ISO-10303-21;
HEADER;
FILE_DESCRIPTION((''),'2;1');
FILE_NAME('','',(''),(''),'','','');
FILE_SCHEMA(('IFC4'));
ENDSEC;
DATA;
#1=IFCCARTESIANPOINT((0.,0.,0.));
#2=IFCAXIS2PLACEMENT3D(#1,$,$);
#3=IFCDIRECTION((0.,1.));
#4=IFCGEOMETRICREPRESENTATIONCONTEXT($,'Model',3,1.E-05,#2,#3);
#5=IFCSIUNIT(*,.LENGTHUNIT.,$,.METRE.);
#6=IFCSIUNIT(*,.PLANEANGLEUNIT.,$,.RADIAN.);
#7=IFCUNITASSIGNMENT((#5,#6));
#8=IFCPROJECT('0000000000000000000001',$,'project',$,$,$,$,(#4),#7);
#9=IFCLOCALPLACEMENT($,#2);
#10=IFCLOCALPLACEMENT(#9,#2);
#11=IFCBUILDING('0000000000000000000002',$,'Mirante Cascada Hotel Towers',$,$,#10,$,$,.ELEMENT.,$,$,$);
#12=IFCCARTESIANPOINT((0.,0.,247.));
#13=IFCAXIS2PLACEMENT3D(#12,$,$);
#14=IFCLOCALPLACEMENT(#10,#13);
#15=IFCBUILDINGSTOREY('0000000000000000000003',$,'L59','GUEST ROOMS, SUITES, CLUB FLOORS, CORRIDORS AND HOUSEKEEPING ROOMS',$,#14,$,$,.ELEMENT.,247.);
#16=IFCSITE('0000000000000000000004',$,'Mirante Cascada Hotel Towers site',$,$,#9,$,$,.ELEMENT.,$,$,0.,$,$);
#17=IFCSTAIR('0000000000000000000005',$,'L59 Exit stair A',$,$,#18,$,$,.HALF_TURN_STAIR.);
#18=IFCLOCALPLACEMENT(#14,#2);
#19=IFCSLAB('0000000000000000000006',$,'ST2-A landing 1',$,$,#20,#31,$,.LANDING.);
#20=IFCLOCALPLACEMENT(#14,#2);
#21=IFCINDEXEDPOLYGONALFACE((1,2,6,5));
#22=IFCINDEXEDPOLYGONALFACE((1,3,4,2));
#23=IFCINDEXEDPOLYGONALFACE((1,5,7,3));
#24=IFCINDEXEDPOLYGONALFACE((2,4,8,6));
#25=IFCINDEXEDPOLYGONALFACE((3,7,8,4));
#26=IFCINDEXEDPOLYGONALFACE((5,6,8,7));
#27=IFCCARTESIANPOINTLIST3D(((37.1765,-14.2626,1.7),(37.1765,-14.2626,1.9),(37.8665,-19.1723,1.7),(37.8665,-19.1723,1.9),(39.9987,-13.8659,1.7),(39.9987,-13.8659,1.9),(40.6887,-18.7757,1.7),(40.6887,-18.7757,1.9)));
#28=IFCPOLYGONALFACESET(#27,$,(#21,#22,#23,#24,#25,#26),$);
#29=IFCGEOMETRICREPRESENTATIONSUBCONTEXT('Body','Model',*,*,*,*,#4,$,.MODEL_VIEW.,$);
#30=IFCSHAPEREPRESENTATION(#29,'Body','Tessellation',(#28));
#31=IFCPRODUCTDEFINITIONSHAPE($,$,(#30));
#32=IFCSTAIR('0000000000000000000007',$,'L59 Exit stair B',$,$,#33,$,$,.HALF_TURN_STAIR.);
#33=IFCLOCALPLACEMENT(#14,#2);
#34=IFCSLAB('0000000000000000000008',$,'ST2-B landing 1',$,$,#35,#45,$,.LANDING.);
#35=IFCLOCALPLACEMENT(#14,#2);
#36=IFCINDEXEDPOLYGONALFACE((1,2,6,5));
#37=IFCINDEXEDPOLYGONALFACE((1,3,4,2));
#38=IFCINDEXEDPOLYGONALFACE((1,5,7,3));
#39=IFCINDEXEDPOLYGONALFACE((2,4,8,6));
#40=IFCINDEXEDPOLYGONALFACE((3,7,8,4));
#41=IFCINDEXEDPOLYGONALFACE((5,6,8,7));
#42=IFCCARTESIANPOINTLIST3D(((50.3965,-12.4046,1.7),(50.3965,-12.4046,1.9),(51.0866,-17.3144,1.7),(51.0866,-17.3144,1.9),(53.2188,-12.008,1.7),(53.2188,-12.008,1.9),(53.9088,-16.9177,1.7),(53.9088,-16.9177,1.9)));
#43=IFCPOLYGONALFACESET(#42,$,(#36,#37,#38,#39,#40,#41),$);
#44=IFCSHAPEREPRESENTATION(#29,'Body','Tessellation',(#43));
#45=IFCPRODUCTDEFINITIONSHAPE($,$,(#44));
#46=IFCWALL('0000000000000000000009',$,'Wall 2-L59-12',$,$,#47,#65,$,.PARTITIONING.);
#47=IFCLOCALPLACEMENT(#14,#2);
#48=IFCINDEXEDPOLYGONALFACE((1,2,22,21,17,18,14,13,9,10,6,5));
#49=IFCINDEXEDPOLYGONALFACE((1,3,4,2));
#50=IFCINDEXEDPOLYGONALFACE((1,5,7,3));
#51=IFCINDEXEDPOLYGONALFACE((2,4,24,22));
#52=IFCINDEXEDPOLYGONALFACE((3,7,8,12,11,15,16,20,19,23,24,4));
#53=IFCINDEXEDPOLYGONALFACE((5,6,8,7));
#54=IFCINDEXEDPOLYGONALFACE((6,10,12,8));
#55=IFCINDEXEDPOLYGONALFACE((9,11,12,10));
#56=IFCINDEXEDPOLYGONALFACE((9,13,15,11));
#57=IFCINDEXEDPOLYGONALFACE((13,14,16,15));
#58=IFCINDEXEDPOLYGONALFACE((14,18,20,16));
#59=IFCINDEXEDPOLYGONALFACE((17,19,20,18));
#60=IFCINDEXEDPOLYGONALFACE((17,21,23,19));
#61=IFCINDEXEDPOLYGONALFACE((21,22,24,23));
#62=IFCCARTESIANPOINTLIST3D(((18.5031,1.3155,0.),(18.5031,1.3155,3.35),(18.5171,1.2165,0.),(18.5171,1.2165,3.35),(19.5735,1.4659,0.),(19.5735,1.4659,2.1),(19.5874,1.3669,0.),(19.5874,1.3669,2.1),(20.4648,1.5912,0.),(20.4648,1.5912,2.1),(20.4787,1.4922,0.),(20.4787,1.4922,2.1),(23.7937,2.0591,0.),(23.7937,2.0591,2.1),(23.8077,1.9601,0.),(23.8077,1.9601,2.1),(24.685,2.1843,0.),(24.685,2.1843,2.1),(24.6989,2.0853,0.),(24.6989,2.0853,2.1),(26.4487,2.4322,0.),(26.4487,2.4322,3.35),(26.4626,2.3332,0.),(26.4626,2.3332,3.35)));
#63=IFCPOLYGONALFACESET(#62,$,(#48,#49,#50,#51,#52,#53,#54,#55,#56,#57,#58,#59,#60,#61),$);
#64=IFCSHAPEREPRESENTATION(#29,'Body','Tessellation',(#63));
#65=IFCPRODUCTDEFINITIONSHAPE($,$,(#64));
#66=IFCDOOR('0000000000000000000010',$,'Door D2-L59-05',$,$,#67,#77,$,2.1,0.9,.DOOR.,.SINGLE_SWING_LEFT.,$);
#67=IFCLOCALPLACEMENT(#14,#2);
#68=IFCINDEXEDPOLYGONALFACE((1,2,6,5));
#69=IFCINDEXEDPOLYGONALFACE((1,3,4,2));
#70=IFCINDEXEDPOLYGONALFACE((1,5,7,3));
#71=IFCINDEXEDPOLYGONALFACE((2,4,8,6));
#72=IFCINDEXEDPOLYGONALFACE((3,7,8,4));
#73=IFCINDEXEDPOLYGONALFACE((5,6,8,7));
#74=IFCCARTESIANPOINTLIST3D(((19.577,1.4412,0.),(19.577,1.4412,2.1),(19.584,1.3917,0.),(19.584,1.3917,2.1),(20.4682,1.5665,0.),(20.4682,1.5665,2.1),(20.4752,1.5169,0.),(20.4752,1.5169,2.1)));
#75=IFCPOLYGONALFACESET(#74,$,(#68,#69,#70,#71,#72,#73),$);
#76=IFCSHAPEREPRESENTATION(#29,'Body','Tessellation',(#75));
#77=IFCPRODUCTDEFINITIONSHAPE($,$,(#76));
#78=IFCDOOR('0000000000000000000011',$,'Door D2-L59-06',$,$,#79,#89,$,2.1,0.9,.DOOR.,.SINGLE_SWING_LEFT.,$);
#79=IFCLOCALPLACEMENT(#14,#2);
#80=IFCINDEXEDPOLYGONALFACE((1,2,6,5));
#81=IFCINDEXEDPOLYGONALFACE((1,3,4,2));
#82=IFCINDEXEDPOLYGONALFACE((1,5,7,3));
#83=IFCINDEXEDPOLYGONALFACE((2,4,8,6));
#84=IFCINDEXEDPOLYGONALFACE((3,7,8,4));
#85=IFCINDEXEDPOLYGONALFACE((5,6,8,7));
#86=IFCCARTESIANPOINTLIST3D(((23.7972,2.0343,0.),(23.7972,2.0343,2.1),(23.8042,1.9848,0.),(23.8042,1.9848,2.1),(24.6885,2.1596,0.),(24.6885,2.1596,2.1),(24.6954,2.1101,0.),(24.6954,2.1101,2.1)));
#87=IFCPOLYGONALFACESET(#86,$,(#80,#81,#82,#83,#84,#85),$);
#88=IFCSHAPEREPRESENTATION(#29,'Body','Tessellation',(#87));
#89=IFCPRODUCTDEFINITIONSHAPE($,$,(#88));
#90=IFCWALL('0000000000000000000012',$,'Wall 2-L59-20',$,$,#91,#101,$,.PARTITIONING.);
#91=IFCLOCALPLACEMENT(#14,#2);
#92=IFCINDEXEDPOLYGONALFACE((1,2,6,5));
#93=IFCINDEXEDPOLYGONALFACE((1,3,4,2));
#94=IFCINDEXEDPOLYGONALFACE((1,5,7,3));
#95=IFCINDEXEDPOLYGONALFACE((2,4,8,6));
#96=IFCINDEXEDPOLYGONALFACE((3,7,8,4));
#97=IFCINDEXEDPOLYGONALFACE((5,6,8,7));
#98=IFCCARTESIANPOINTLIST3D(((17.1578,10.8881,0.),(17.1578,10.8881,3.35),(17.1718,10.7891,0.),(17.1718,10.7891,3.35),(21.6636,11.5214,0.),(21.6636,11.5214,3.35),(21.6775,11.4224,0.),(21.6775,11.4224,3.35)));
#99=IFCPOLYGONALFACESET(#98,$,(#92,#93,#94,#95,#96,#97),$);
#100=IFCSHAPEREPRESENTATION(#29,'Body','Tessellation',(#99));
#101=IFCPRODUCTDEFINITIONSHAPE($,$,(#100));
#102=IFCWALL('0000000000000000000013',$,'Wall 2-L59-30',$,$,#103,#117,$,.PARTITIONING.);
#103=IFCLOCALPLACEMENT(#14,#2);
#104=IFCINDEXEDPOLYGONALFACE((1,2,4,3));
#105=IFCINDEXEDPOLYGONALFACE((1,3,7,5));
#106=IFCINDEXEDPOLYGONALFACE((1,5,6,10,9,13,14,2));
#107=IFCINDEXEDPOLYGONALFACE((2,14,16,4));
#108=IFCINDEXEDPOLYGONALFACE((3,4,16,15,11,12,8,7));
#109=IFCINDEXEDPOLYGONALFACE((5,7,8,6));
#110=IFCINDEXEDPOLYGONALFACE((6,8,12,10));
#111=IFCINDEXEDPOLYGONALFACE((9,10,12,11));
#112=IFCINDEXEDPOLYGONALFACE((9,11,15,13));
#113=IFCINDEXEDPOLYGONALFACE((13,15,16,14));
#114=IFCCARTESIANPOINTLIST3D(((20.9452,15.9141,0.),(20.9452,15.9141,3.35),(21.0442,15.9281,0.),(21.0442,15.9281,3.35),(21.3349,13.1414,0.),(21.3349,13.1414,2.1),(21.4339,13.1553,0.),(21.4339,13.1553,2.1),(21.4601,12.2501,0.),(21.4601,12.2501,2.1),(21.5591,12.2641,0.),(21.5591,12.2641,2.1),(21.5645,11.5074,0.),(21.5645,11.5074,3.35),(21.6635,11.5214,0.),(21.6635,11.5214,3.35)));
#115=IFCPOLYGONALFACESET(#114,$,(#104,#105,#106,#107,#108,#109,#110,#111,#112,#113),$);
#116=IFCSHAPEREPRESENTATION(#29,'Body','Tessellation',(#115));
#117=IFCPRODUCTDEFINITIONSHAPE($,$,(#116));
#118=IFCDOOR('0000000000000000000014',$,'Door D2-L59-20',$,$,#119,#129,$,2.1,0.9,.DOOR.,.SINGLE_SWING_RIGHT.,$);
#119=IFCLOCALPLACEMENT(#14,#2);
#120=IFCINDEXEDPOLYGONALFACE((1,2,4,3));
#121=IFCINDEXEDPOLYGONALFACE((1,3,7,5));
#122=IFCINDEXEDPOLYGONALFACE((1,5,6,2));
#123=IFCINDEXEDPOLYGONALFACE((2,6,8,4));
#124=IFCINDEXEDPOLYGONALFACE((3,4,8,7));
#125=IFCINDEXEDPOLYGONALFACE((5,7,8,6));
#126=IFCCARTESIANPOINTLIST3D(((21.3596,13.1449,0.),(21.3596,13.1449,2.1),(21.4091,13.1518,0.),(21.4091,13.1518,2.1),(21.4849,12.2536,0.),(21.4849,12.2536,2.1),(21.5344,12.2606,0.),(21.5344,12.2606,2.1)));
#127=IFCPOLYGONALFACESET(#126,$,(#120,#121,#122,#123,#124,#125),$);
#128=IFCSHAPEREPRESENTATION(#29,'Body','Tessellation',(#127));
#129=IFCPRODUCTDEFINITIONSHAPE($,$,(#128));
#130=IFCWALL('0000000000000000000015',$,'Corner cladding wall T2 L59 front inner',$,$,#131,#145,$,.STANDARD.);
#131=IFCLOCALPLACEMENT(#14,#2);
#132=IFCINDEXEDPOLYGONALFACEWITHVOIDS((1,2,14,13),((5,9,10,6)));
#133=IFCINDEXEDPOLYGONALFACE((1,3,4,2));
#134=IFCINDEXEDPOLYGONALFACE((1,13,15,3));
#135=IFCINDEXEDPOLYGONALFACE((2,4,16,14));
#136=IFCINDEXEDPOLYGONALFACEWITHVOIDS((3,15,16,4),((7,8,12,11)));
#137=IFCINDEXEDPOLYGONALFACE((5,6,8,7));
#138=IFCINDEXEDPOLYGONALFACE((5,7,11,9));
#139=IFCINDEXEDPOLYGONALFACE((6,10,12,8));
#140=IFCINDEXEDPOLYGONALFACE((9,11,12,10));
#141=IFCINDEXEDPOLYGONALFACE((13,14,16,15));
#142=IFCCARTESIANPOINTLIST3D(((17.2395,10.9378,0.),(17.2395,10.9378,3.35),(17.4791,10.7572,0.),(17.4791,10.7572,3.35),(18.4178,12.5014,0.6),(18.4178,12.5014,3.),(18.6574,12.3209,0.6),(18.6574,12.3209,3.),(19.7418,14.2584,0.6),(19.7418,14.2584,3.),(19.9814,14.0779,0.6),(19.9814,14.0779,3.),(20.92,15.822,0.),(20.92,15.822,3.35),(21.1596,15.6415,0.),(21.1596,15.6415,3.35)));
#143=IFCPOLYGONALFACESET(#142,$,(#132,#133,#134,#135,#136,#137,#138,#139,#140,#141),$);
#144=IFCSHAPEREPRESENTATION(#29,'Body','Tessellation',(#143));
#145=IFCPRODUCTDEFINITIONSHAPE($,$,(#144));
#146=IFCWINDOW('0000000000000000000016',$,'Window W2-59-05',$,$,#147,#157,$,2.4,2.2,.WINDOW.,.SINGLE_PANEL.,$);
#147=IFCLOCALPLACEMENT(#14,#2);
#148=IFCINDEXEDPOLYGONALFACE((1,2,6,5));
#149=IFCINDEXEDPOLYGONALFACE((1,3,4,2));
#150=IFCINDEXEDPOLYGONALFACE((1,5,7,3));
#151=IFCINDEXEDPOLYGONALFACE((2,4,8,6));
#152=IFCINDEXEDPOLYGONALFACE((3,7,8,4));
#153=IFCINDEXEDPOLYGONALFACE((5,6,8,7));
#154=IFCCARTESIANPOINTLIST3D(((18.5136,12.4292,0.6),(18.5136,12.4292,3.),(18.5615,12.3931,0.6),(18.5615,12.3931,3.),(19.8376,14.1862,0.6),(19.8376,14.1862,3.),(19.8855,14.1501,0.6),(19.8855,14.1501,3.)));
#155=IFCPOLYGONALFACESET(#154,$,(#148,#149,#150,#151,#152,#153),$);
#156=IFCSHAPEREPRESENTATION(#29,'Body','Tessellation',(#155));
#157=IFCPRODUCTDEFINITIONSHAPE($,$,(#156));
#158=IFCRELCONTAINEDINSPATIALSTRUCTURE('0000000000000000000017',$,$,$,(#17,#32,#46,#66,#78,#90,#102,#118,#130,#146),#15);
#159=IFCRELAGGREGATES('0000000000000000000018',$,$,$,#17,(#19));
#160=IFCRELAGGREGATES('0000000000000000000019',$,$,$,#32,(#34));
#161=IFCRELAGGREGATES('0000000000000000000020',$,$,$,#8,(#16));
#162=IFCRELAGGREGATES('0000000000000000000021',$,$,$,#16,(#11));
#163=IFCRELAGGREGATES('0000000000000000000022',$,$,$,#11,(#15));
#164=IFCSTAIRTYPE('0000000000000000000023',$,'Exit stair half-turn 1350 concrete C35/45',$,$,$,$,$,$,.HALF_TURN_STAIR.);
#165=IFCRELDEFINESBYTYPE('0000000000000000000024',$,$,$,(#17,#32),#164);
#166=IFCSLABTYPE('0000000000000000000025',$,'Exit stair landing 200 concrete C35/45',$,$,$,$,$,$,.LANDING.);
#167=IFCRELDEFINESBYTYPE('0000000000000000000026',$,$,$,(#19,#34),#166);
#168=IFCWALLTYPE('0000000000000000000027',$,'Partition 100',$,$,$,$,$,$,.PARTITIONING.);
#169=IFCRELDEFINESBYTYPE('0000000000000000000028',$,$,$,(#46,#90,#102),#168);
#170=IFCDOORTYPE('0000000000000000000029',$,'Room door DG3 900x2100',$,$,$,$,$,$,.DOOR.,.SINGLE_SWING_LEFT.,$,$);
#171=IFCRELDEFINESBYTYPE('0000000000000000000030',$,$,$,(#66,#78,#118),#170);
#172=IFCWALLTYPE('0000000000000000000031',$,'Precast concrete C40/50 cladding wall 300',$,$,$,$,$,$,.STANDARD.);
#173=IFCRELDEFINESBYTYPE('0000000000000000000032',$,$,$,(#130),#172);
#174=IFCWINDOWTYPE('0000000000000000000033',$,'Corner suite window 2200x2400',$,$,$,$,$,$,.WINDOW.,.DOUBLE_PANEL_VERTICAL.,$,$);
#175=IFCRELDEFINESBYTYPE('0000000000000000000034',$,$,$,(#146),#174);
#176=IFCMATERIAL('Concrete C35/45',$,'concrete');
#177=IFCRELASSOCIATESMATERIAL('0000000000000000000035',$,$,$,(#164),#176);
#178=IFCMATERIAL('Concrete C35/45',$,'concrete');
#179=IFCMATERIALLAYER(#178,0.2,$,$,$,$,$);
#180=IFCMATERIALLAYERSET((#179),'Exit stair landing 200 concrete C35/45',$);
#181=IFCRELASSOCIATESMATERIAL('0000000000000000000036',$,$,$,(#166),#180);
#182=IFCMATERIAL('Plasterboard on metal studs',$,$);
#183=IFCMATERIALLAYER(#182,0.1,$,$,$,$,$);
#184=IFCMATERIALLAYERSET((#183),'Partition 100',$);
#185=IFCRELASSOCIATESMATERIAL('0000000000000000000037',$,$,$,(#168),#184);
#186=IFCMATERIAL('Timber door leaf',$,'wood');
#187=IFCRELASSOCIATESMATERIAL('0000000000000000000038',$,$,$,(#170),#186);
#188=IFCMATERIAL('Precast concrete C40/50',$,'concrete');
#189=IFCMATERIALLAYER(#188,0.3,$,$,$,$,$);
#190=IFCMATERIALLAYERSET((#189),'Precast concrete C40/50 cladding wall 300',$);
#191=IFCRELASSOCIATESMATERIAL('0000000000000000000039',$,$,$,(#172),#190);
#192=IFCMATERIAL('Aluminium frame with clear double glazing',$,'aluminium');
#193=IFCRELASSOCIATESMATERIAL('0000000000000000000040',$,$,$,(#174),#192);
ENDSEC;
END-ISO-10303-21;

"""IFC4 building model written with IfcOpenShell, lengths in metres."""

from ifc_helpers import new_model, si_unit, direction, frame, frame_2d, origin, place, context, subcontext, project, spatial, polyline, rectangle, outline, extrude, material, layer, layer_set, type_object, element, fill, aggregate, save


model = new_model("IFC4")

# Units and contexts
model_context = context("Model", 3, precision=1e-05, world=origin(), true_north=direction((0.0, 1.0)))
body_context = subcontext(model_context, "Body", "Model", "MODEL_VIEW")
ifc_project = project(units=[si_unit("LENGTHUNIT", "METRE"), si_unit("PLANEANGLEUNIT", "RADIAN")], contexts=[model_context])

# Site, building, storey
site_placement = place(None, origin())
site = spatial("IfcSite", under=ifc_project, at=site_placement, Name="Mirante Cascada Hotel Towers site", CompositionType="ELEMENT", RefElevation=0.0)
building_placement = place(site_placement, origin())
building = spatial("IfcBuilding", under=site, at=building_placement, Name="Mirante Cascada Hotel Towers", CompositionType="ELEMENT")
storey_placement = place(building_placement, frame((0.0, 0.0, 247.0)))
storey = spatial("IfcBuildingStorey", under=building, at=storey_placement, Name="L59", Description="GUEST ROOMS, SUITES, CLUB FLOORS, CORRIDORS AND HOUSEKEEPING ROOMS", CompositionType="ELEMENT", Elevation=247.0)

# Stairs, slabs
ifc_material_1 = material(Name="Concrete C35/45", Category="concrete")
stair_type = type_object("IfcStairType", Name="Exit stair half-turn 1350 concrete C35/45", PredefinedType="HALF_TURN_STAIR", material=ifc_material_1)
ifc_material_2 = material(Name="Concrete C35/45", Category="concrete")
ifc_layer_1 = layer(ifc_material_2, 0.2)
ifc_layer_set_1 = layer_set([ifc_layer_1], Name="Exit stair landing 200 concrete C35/45")
slab_type = type_object("IfcSlabType", Name="Exit stair landing 200 concrete C35/45", PredefinedType="LANDING", material=ifc_layer_set_1)
stair_1_placement = place(storey_placement, origin())
stair_1 = element("IfcStair", 1, at=stair_1_placement, inside=storey, type_object=stair_type, Name="L59 Exit stair A", PredefinedType="HALF_TURN_STAIR")
slab_1_placement = place(storey_placement, frame((0.0, 0.0, 1.7)))
slab_1 = element("IfcSlab", 2, at=slab_1_placement, type_object=slab_type, Name="ST2-A landing 1", PredefinedType="LANDING", context=body_context, shape_type="SweptSolid", body=[
    extrude(outline(polyline([(37.1765, -14.2626), (37.8665, -19.1723), (40.6887, -18.7757), (39.9987, -13.8659), (37.1765, -14.2626)])), origin(), (0.0, 0.0, 1.0), 0.2),
])
aggregate(stair_1, [slab_1])
stair_2_placement = place(storey_placement, origin())
stair_2 = element("IfcStair", 3, at=stair_2_placement, inside=storey, type_object=stair_type, Name="L59 Exit stair B", PredefinedType="HALF_TURN_STAIR")
slab_2_placement = place(storey_placement, frame((0.0, 0.0, 1.7)))
slab_2 = element("IfcSlab", 4, at=slab_2_placement, type_object=slab_type, Name="ST2-B landing 1", PredefinedType="LANDING", context=body_context, shape_type="SweptSolid", body=[
    extrude(outline(polyline([(50.3965, -12.4046), (51.0866, -17.3144), (53.9088, -16.9177), (53.2188, -12.008), (50.3965, -12.4046)])), origin(), (0.0, 0.0, 1.0), 0.2),
])
aggregate(stair_2, [slab_2])

# Wall, openings, doors
ifc_material_3 = material(Name="Plasterboard on metal studs")
ifc_layer_2 = layer(ifc_material_3, 0.1)
ifc_layer_set_2 = layer_set([ifc_layer_2], Name="Partition 100")
wall_type_1 = type_object("IfcWallType", Name="Partition 100", PredefinedType="PARTITIONING", material=ifc_layer_set_2)
wall_1_placement = place(storey_placement, frame((18.5101, 1.266, 0.0), z_axis=(0.0, 0.0, 1.0), x_axis=(0.990267, 0.139177, 0.0)))
wall_1 = element("IfcWall", 5, at=wall_1_placement, inside=storey, type_object=wall_type_1, Name="Wall 2-L59-12", PredefinedType="PARTITIONING", context=body_context, shape_type="SweptSolid", body=[
    extrude(rectangle(XDim=8.0236, YDim=0.1, at=frame_2d((4.0118, 0.0))), origin(), (0.0, 0.0, 1.0), 3.35),
])
opening_1_placement = place(wall_1_placement, frame((1.0809, 0.0, 0.0)))
opening_1 = element("IfcOpeningElement", 6, at=opening_1_placement, cuts=wall_1, PredefinedType="OPENING", context=body_context, shape_type="SweptSolid", body=[
    extrude(rectangle(XDim=0.9, YDim=2.1, at=frame_2d((0.45, 1.05))), frame((0.0, 0.05, 0.0), z_axis=(0.0, -1.0, 0.0), x_axis=(1.0, 0.0, 0.0)), (0.0, 0.0, 1.0), 0.1),
])
opening_2_placement = place(wall_1_placement, frame((5.3426, 0.0, 0.0)))
opening_2 = element("IfcOpeningElement", 7, at=opening_2_placement, cuts=wall_1, PredefinedType="OPENING", context=body_context, shape_type="SweptSolid", body=[
    extrude(rectangle(XDim=0.9, YDim=2.1, at=frame_2d((0.45, 1.05))), frame((0.0, 0.05, 0.0), z_axis=(0.0, -1.0, 0.0), x_axis=(1.0, 0.0, 0.0)), (0.0, 0.0, 1.0), 0.1),
])
ifc_material_4 = material(Name="Timber door leaf", Category="wood")
door_type = type_object("IfcDoorType", Name="Room door DG3 900x2100", OperationType="SINGLE_SWING_LEFT", PredefinedType="DOOR", material=ifc_material_4)
door_1_placement = place(opening_1_placement, origin())
door_1 = element("IfcDoor", 8, at=door_1_placement, inside=storey, type_object=door_type, Name="Door D2-L59-05", OperationType="SINGLE_SWING_LEFT", OverallHeight=2.1, OverallWidth=0.9, PredefinedType="DOOR", context=body_context, shape_type="SweptSolid", body=[
    extrude(rectangle(XDim=0.9, YDim=2.1, at=frame_2d((0.45, 1.05))), frame((0.0, 0.025, 0.0), z_axis=(0.0, -1.0, 0.0), x_axis=(1.0, 0.0, 0.0)), (0.0, 0.0, 1.0), 0.05),
])
fill(opening_1, door_1)
door_2_placement = place(opening_2_placement, origin())
door_2 = element("IfcDoor", 9, at=door_2_placement, inside=storey, type_object=door_type, Name="Door D2-L59-06", OperationType="SINGLE_SWING_LEFT", OverallHeight=2.1, OverallWidth=0.9, PredefinedType="DOOR", context=body_context, shape_type="SweptSolid", body=[
    extrude(rectangle(XDim=0.9, YDim=2.1, at=frame_2d((0.45, 1.05))), frame((0.0, 0.025, 0.0), z_axis=(0.0, -1.0, 0.0), x_axis=(1.0, 0.0, 0.0)), (0.0, 0.0, 1.0), 0.05),
])
fill(opening_2, door_2)

# Wall
wall_2_placement = place(storey_placement, frame((17.1648, 10.8386, 0.0), z_axis=(0.0, 0.0, 1.0), x_axis=(0.990266, 0.139187, 0.0)))
element("IfcWall", 10, at=wall_2_placement, inside=storey, type_object=wall_type_1, Name="Wall 2-L59-20", PredefinedType="PARTITIONING", context=body_context, shape_type="SweptSolid", body=[
    extrude(rectangle(XDim=4.55, YDim=0.1, at=frame_2d((2.275, 0.0))), origin(), (0.0, 0.0, 1.0), 3.35),
])

# Wall, opening, door
wall_3_placement = place(storey_placement, frame((21.614, 11.5144, 0.0), z_axis=(0.0, 0.0, 1.0), x_axis=(-0.139168, 0.990269, 0.0)))
wall_3 = element("IfcWall", 11, at=wall_3_placement, inside=storey, type_object=wall_type_1, Name="Wall 2-L59-30", PredefinedType="PARTITIONING", context=body_context, shape_type="SweptSolid", body=[
    extrude(rectangle(XDim=4.45, YDim=0.1, at=frame_2d((2.225, 0.0))), origin(), (0.0, 0.0, 1.0), 3.35),
])
opening_3_placement = place(wall_3_placement, frame((0.75, 0.0, 0.0)))
opening_3 = element("IfcOpeningElement", 12, at=opening_3_placement, cuts=wall_3, PredefinedType="OPENING", context=body_context, shape_type="SweptSolid", body=[
    extrude(rectangle(XDim=0.9, YDim=2.1, at=frame_2d((0.45, 1.05))), frame((0.0, 0.05, 0.0), z_axis=(0.0, -1.0, 0.0), x_axis=(1.0, 0.0, 0.0)), (0.0, 0.0, 1.0), 0.1),
])
door_3_placement = place(opening_3_placement, frame((0.9, 0.0, 0.0), z_axis=(0.0, 0.0, 1.0), x_axis=(-1.0, 0.0, 0.0)))
door_3 = element("IfcDoor", 13, at=door_3_placement, inside=storey, type_object=door_type, Name="Door D2-L59-20", OperationType="SINGLE_SWING_RIGHT", OverallHeight=2.1, OverallWidth=0.9, PredefinedType="DOOR", context=body_context, shape_type="SweptSolid", body=[
    extrude(rectangle(XDim=0.9, YDim=2.1, at=frame_2d((0.45, 1.05))), frame((0.0, 0.025, 0.0), z_axis=(0.0, -1.0, 0.0), x_axis=(1.0, 0.0, 0.0)), (0.0, 0.0, 1.0), 0.05),
])
fill(opening_3, door_3)

# Wall, opening, window
ifc_material_5 = material(Name="Precast concrete C40/50", Category="concrete")
ifc_layer_3 = layer(ifc_material_5, 0.3)
ifc_layer_set_3 = layer_set([ifc_layer_3], Name="Precast concrete C40/50 cladding wall 300")
wall_type_2 = type_object("IfcWallType", Name="Precast concrete C40/50 cladding wall 300", PredefinedType="STANDARD", material=ifc_layer_set_3)
wall_4_placement = place(storey_placement, frame((21.0398, 15.7317, 0.0), z_axis=(0.0, 0.0, 1.0), x_axis=(-0.601814, -0.798636, 0.0)))
wall_4 = element("IfcWall", 14, at=wall_4_placement, inside=storey, type_object=wall_type_2, Name="Corner cladding wall T2 L59 front inner", PredefinedType="STANDARD", context=body_context, shape_type="SweptSolid", body=[
    extrude(rectangle(XDim=6.1157, YDim=0.3, at=frame_2d((3.0578, 0.0))), origin(), (0.0, 0.0, 1.0), 3.35),
])
opening_4_placement = place(wall_4_placement, frame((1.9578, 0.0, 0.6)))
opening_4 = element("IfcOpeningElement", 15, at=opening_4_placement, cuts=wall_4, PredefinedType="OPENING", context=body_context, shape_type="SweptSolid", body=[
    extrude(rectangle(XDim=2.2, YDim=2.4, at=frame_2d((1.1, 1.2))), frame((0.0, 0.15, 0.0), z_axis=(0.0, -1.0, 0.0), x_axis=(1.0, 0.0, 0.0)), (0.0, 0.0, 1.0), 0.3),
])
ifc_material_6 = material(Name="Aluminium frame with clear double glazing", Category="aluminium")
window_type = type_object("IfcWindowType", Name="Corner suite window 2200x2400", PartitioningType="DOUBLE_PANEL_VERTICAL", PredefinedType="WINDOW", material=ifc_material_6)
window_placement = place(opening_4_placement, origin())
window = element("IfcWindow", 16, at=window_placement, inside=storey, type_object=window_type, Name="Window W2-59-05", OverallHeight=2.4, OverallWidth=2.2, PartitioningType="SINGLE_PANEL", PredefinedType="WINDOW", context=body_context, shape_type="SweptSolid", body=[
    extrude(rectangle(XDim=2.2, YDim=2.4, at=frame_2d((1.1, 1.2))), frame((0.0, 0.03, 0.0), z_axis=(0.0, -1.0, 0.0), x_axis=(1.0, 0.0, 0.0)), (0.0, 0.0, 1.0), 0.06),
])
fill(opening_4, window)

save(model, "model.ifc")
